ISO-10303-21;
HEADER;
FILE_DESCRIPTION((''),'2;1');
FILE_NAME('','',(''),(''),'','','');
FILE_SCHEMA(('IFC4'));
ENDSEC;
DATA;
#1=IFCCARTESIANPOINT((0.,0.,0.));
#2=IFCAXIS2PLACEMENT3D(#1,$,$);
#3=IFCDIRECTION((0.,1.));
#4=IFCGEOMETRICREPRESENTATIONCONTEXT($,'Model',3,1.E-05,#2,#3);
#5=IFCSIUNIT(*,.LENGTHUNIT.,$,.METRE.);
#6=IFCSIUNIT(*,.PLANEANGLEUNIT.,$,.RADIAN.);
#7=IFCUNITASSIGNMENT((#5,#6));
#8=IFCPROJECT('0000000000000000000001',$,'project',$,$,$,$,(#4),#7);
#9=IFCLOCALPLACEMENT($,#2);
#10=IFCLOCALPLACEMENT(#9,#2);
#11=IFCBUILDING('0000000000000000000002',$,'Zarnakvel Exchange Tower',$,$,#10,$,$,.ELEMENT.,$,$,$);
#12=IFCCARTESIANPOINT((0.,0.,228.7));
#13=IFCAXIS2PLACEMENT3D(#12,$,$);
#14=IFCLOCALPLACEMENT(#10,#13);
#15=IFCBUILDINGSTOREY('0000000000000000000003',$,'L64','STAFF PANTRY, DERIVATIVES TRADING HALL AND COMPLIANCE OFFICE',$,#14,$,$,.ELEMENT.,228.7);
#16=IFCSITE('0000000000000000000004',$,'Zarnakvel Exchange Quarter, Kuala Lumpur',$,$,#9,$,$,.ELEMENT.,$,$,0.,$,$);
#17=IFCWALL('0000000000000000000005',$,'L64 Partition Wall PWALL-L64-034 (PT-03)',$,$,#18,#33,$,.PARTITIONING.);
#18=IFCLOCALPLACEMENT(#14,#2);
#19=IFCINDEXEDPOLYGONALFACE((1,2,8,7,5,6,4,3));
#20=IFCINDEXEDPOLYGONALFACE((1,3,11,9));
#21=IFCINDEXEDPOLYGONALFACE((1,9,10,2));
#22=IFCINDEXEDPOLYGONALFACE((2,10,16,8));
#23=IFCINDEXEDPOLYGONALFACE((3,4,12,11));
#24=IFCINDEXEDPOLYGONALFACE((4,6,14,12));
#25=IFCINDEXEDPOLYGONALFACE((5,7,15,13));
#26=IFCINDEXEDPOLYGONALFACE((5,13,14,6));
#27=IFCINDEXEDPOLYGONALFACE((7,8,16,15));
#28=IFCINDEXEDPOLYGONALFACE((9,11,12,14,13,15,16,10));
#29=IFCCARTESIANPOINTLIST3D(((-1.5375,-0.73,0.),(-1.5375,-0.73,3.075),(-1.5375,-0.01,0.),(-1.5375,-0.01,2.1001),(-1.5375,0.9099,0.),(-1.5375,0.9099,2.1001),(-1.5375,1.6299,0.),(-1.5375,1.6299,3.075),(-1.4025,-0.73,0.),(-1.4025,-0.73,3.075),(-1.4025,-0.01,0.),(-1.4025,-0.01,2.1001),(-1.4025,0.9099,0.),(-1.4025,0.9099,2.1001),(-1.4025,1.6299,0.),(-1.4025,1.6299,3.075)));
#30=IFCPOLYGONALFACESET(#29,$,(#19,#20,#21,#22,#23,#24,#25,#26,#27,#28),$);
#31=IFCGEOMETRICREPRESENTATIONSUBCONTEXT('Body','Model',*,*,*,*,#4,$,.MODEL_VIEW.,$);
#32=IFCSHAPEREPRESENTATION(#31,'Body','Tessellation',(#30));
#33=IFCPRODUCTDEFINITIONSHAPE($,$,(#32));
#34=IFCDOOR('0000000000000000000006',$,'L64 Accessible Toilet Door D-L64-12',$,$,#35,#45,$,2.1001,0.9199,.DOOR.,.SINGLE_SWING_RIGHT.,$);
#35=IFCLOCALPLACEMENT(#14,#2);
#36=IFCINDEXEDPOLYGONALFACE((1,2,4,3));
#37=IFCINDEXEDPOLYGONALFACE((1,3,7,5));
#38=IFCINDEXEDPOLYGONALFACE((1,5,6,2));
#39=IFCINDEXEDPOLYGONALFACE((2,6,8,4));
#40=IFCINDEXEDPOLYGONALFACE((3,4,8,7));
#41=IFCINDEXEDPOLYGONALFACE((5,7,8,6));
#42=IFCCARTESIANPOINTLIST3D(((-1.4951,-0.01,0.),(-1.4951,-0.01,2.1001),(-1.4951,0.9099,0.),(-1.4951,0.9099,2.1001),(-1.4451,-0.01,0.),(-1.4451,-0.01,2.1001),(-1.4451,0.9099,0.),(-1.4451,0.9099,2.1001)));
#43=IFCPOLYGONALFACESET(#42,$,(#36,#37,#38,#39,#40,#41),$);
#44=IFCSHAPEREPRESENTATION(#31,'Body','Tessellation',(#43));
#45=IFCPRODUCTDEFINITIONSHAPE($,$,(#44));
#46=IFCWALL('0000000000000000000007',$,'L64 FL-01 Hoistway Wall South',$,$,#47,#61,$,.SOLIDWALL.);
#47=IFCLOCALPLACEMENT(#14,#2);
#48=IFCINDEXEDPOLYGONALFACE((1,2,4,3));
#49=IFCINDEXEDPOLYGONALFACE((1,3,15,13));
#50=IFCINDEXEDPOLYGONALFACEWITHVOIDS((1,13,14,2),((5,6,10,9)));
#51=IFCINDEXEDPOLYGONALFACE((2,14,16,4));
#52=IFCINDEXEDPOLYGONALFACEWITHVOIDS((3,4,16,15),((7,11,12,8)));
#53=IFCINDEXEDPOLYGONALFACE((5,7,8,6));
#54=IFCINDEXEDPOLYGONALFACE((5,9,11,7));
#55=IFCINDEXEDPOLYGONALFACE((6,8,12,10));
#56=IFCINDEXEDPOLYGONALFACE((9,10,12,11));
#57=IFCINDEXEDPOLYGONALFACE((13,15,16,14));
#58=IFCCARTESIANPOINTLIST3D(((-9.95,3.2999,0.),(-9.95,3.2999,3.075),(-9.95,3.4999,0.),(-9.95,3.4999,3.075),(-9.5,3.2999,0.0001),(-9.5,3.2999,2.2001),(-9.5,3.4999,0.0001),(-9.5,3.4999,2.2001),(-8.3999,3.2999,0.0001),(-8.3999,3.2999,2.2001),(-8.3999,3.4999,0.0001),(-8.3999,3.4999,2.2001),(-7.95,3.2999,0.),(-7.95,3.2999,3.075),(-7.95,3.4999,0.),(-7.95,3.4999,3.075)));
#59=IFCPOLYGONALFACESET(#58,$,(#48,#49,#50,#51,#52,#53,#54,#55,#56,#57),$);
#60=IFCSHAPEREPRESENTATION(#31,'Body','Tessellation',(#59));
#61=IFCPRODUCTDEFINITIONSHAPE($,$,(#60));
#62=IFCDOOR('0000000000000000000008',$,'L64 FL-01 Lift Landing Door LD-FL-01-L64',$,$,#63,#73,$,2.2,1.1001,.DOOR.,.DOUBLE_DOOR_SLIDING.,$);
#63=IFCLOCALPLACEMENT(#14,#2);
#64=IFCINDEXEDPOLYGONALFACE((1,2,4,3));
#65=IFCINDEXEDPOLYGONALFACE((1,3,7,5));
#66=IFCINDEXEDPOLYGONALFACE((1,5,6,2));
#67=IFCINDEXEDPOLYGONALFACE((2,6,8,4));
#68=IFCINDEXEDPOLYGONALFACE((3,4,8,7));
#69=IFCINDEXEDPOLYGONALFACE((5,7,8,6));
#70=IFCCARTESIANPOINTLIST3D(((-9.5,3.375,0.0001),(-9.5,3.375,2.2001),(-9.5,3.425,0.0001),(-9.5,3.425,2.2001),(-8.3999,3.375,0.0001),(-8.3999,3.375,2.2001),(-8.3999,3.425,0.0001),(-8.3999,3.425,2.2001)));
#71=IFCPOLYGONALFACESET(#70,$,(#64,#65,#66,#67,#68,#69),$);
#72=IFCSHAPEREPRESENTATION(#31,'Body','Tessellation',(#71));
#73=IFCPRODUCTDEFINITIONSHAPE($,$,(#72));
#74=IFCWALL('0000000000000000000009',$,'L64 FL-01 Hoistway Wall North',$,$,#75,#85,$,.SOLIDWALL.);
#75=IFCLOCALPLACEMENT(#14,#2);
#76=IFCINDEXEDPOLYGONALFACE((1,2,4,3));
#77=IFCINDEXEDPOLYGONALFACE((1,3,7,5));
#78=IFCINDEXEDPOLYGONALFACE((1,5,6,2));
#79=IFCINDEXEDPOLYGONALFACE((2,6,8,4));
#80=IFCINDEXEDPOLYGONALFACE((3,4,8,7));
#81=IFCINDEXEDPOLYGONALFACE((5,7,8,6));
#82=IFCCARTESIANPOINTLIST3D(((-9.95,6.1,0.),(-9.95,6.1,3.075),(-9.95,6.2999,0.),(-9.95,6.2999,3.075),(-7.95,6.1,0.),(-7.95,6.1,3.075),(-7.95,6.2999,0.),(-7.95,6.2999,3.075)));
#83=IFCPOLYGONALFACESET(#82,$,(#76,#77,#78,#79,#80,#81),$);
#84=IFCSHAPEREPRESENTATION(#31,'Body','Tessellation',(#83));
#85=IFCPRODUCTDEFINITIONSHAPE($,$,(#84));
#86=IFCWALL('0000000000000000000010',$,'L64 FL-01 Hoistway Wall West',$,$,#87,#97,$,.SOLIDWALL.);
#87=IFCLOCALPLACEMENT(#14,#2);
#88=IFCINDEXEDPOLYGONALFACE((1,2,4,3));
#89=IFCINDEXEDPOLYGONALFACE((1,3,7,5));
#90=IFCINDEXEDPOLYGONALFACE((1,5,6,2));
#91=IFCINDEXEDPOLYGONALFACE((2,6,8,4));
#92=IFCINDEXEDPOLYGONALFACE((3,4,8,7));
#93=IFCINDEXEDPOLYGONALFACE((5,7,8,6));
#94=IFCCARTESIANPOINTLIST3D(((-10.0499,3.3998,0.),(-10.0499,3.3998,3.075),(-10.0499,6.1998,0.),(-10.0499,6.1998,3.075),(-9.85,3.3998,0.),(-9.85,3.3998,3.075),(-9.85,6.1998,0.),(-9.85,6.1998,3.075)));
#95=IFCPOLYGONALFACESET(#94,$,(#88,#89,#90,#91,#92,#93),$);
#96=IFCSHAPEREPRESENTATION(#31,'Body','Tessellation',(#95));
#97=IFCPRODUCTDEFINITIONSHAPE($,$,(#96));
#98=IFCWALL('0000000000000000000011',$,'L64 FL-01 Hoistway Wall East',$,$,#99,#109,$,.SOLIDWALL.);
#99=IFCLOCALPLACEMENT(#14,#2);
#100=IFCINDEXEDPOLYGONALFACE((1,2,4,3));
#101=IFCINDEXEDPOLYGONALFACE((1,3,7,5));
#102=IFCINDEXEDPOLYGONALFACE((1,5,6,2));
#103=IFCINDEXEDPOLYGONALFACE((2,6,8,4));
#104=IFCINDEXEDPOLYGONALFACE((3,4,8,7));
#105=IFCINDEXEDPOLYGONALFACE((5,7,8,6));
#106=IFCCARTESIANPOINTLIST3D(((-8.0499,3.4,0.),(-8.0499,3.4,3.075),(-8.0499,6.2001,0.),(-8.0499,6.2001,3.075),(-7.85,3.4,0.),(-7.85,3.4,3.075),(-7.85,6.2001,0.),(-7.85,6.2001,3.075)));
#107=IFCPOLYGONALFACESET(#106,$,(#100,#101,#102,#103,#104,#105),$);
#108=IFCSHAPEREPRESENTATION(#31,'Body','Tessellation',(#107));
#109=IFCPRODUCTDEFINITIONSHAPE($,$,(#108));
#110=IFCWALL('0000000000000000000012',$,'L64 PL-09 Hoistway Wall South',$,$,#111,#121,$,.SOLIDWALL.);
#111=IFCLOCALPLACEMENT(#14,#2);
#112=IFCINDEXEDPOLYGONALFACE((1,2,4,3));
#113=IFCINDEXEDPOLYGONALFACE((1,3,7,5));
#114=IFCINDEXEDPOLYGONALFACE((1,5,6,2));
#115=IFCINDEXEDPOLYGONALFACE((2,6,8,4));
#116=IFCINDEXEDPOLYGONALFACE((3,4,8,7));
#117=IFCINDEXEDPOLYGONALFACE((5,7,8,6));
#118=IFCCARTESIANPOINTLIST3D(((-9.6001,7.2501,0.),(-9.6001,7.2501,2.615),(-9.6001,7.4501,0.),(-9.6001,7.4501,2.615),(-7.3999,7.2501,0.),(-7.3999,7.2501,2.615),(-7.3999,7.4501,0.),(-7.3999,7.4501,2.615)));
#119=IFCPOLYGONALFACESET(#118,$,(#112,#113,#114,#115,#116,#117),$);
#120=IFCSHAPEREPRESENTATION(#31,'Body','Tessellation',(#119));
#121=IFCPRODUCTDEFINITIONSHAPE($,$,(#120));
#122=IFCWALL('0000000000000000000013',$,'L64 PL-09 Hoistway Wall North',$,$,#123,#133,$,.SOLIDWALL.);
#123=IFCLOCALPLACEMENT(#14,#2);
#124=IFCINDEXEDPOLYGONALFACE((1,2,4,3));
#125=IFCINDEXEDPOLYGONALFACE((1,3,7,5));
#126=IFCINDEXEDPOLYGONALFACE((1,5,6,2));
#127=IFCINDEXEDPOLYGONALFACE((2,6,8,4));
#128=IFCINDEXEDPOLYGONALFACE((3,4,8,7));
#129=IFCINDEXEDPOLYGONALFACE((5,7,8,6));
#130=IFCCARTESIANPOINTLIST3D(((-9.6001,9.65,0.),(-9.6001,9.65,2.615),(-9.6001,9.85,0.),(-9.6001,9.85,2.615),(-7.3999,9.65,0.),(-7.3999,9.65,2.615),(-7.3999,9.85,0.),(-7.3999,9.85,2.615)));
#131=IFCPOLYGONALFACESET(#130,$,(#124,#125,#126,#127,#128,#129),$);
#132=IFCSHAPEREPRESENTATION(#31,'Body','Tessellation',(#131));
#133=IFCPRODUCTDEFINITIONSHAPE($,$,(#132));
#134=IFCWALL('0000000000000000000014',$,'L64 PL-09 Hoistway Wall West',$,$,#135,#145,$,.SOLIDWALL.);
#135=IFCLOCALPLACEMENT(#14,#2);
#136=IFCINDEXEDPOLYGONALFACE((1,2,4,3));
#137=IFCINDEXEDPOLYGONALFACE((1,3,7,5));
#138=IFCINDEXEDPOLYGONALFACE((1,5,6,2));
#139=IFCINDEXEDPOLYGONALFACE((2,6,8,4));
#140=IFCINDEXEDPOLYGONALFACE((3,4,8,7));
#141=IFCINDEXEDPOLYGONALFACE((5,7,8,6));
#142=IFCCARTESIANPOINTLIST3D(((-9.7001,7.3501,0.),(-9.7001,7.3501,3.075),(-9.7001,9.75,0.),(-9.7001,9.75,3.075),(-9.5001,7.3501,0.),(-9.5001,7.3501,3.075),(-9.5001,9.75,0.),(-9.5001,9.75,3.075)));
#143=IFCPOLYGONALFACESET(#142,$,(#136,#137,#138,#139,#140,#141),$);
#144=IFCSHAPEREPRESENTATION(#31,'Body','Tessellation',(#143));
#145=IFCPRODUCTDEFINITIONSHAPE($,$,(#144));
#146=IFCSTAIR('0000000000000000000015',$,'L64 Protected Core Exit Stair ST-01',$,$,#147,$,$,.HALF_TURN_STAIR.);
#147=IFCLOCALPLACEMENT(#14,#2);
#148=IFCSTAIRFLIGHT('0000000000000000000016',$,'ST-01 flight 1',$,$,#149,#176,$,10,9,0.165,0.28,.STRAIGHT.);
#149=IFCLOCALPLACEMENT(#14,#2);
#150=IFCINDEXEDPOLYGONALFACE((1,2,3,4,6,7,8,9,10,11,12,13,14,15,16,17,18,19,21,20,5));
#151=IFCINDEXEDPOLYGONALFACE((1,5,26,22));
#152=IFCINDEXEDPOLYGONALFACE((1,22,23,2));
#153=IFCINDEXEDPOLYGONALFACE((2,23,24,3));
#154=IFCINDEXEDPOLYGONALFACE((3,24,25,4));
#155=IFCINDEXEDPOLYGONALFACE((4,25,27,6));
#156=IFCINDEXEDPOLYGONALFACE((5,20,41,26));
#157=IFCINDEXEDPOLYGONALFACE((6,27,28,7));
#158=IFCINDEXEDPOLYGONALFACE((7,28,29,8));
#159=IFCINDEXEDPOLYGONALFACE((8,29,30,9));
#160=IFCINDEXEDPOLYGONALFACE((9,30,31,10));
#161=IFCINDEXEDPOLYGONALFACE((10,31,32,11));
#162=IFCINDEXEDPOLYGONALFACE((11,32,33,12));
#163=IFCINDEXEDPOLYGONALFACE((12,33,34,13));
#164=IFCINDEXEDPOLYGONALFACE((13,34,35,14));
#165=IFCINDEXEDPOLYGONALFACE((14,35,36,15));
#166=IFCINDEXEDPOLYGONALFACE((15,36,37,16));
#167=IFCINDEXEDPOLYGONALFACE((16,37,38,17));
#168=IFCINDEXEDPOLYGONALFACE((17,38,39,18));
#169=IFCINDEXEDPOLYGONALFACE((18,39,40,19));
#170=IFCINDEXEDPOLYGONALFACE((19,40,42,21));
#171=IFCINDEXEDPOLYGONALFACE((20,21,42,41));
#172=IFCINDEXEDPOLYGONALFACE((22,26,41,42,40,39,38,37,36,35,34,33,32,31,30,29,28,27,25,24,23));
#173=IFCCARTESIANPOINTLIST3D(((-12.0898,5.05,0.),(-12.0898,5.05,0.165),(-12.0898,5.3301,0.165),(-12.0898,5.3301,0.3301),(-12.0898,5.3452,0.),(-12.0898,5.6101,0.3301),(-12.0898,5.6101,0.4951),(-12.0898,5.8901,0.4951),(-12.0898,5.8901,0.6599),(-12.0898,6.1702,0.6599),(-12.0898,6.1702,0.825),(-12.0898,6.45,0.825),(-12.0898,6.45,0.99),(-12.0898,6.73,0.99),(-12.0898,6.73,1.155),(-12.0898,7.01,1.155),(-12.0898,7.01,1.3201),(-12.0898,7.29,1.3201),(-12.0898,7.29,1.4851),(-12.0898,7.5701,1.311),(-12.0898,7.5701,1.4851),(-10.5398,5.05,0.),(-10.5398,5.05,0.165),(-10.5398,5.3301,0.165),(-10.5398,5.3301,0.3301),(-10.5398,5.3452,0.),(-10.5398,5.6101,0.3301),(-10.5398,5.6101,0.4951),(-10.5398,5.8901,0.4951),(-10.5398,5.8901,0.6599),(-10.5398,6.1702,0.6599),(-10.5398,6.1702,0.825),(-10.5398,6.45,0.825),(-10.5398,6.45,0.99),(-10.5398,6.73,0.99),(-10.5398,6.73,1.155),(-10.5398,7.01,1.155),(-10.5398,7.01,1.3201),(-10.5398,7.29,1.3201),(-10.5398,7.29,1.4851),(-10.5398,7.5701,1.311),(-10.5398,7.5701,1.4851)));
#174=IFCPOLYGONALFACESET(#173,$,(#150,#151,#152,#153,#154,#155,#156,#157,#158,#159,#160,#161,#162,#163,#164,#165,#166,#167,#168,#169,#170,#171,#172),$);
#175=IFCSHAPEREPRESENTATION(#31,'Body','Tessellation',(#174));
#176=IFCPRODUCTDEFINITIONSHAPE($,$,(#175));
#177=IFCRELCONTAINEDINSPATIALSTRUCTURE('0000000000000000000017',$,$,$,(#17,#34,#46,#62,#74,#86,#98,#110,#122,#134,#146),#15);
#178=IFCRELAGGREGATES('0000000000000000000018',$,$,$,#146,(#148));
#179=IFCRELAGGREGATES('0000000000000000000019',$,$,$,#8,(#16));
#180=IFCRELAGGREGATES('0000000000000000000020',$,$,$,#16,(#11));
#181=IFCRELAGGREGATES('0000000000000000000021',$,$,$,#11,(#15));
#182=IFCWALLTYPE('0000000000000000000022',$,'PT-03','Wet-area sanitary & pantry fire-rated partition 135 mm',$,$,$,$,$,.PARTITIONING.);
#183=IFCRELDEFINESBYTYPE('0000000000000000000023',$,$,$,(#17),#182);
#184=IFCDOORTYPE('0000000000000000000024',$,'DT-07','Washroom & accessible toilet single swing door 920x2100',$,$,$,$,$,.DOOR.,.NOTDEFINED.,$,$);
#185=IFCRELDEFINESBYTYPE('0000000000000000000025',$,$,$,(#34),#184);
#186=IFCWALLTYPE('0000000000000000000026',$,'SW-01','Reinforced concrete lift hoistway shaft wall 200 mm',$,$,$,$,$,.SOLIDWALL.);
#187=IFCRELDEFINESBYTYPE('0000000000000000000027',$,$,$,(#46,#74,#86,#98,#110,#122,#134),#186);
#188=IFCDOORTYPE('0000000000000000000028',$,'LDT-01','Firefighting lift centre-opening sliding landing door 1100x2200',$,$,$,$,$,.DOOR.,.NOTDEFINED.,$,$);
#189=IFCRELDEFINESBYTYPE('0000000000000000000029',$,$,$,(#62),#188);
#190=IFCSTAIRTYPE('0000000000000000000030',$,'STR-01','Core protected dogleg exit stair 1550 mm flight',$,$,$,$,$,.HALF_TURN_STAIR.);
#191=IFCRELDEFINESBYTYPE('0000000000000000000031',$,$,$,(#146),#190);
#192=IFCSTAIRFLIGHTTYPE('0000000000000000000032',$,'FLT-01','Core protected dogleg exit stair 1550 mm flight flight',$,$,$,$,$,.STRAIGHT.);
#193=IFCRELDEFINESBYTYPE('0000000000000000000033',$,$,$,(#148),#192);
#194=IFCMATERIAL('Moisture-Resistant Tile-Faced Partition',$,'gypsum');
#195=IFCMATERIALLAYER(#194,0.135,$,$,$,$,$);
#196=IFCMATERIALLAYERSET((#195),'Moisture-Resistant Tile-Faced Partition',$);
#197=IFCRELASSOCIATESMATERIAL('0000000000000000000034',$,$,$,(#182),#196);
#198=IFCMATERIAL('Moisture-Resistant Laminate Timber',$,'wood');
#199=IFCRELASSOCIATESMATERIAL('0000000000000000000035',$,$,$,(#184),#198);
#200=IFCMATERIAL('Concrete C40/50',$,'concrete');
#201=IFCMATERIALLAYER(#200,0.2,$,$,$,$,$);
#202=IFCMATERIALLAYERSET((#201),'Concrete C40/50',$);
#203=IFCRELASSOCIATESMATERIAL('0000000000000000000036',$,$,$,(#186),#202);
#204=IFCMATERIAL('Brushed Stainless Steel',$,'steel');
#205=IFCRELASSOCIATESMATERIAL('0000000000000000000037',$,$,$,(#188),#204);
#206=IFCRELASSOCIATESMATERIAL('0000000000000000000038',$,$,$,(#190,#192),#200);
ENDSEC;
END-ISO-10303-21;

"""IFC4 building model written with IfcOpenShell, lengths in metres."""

from ifc_helpers import new_model, si_unit, direction, frame, frame_2d, origin, place, context, subcontext, project, spatial, polyline, rectangle, outline, extrude, source, transform, mapped, material, layer, layer_set, type_object, element, fill, aggregate, save


model = new_model("IFC4")

# Units and contexts
model_context = context("Model", 3, precision=1e-05, world=origin(), true_north=direction((0.0, 1.0)))
body_context = subcontext(model_context, "Body", "Model", "MODEL_VIEW")
ifc_project = project(units=[si_unit("LENGTHUNIT", "METRE"), si_unit("PLANEANGLEUNIT", "RADIAN")], contexts=[model_context])

# Site, building, storey
site_placement = place(None, origin())
site = spatial("IfcSite", under=ifc_project, at=site_placement, Name="Zarnakvel Exchange Quarter, Kuala Lumpur", CompositionType="ELEMENT", RefElevation=0.0)
building_placement = place(site_placement, origin())
building = spatial("IfcBuilding", under=site, at=building_placement, Name="Zarnakvel Exchange Tower", CompositionType="ELEMENT")
storey_placement = place(building_placement, frame((0.0, 0.0, 228.7)))
storey = spatial("IfcBuildingStorey", under=building, at=storey_placement, Name="L64", Description="STAFF PANTRY, DERIVATIVES TRADING HALL AND COMPLIANCE OFFICE", CompositionType="ELEMENT", Elevation=228.7)

# Shared definitions
ifc_material_1 = material(Name="Moisture-Resistant Tile-Faced Partition", Category="gypsum")
ifc_layer_1 = layer(ifc_material_1, 0.135)
ifc_layer_set_1 = layer_set([ifc_layer_1], Name="Moisture-Resistant Tile-Faced Partition")
wall_type_1 = type_object("IfcWallType", Name="PT-03", Description="Wet-area sanitary & pantry fire-rated partition 135 mm", PredefinedType="PARTITIONING", material=ifc_layer_set_1)

# Walls, openings, doors
wall_1_placement = place(storey_placement, frame((-1.47, 1.6299, 0.0), z_axis=(0.0, 0.0, 1.0), x_axis=(0.0, -1.0, 0.0)))
wall_1 = element("IfcWall", 1, at=wall_1_placement, inside=storey, type_object=wall_type_1, Name="L64 Partition Wall PWALL-L64-034 (PT-03)", PredefinedType="PARTITIONING", context=body_context, shape_type="SweptSolid", body=[
    extrude(rectangle(XDim=2.3599, YDim=0.135, at=frame_2d((1.1799, 0.0))), origin(), (0.0, 0.0, 1.0), 3.075),
])
opening_1_placement = place(wall_1_placement, frame((0.72, 0.0, 0.0)))
opening_1 = element("IfcOpeningElement", 2, at=opening_1_placement, cuts=wall_1, PredefinedType="OPENING", context=body_context, shape_type="SweptSolid", body=[
    extrude(rectangle(XDim=0.9199, YDim=2.1001, at=frame_2d((0.46, 1.05))), frame((0.0, 0.0774, 0.0), z_axis=(0.0, -1.0, 0.0), x_axis=(1.0, 0.0, 0.0)), (0.0, 0.0, 1.0), 0.155),
])
ifc_material_2 = material(Name="Moisture-Resistant Laminate Timber", Category="wood")
door_type_1 = type_object("IfcDoorType", Name="DT-07", Description="Washroom & accessible toilet single swing door 920x2100", OperationType="NOTDEFINED", PredefinedType="DOOR", material=ifc_material_2)
shared_shape_1 = source(origin(), body_context, "Body", "SweptSolid", [
    extrude(rectangle(XDim=0.9199, YDim=2.1001, at=frame_2d((0.46, 1.05))), frame((0.0, 0.0249, 0.0), z_axis=(0.0, -1.0, 0.0), x_axis=(1.0, 0.0, 0.0)), (0.0, 0.0, 1.0), 0.05),
])
door_1_placement = place(opening_1_placement, origin())
door_1 = element("IfcDoor", 3, at=door_1_placement, inside=storey, type_object=door_type_1, Name="L64 Accessible Toilet Door D-L64-12", OperationType="SINGLE_SWING_RIGHT", OverallHeight=2.1001, OverallWidth=0.9199, PredefinedType="DOOR", context=body_context, shape_type="MappedRepresentation", body=[
    mapped(shared_shape_1, transform((0.0, 0.0, 0.0), x_axis=(1.0, 0.0, 0.0), y_axis=(0.0, 1.0, 0.0), z_axis=(0.0, 0.0, 1.0), scale=1.0)),
])
fill(opening_1, door_1)
ifc_material_3 = material(Name="Concrete C40/50", Category="concrete")
ifc_layer_2 = layer(ifc_material_3, 0.2)
ifc_layer_set_2 = layer_set([ifc_layer_2], Name="Concrete C40/50")
wall_type_2 = type_object("IfcWallType", Name="SW-01", Description="Reinforced concrete lift hoistway shaft wall 200 mm", PredefinedType="SOLIDWALL", material=ifc_layer_set_2)
wall_2_placement = place(storey_placement, frame((-7.95, 3.3999, 0.0), z_axis=(0.0, 0.0, 1.0), x_axis=(-1.0, 0.0, 0.0)))
wall_2 = element("IfcWall", 4, at=wall_2_placement, inside=storey, type_object=wall_type_2, Name="L64 FL-01 Hoistway Wall South", PredefinedType="SOLIDWALL", context=body_context, shape_type="SweptSolid", body=[
    extrude(rectangle(XDim=2.0, YDim=0.2, at=frame_2d((1.0, 0.0))), origin(), (0.0, 0.0, 1.0), 3.075),
])
opening_2_placement = place(wall_2_placement, frame((0.45, 0.0, 0.0)))
opening_2 = element("IfcOpeningElement", 5, at=opening_2_placement, cuts=wall_2, PredefinedType="OPENING", context=body_context, shape_type="SweptSolid", body=[
    extrude(rectangle(XDim=1.1001, YDim=2.2, at=frame_2d((0.55, 1.1001))), frame((0.0, 0.1099, 0.0), z_axis=(0.0, -1.0, 0.0), x_axis=(1.0, 0.0, 0.0)), (0.0, 0.0, 1.0), 0.22),
])
ifc_material_4 = material(Name="Brushed Stainless Steel", Category="steel")
door_type_2 = type_object("IfcDoorType", Name="LDT-01", Description="Firefighting lift centre-opening sliding landing door 1100x2200", OperationType="NOTDEFINED", PredefinedType="DOOR", material=ifc_material_4)
shared_shape_2 = source(origin(), body_context, "Body", "SweptSolid", [
    extrude(rectangle(XDim=1.1001, YDim=2.2, at=frame_2d((0.55, 1.1001))), frame((0.0, 0.0249, 0.0), z_axis=(0.0, -1.0, 0.0), x_axis=(1.0, 0.0, 0.0)), (0.0, 0.0, 1.0), 0.05),
])
door_2_placement = place(opening_2_placement, origin())
door_2 = element("IfcDoor", 6, at=door_2_placement, inside=storey, type_object=door_type_2, Name="L64 FL-01 Lift Landing Door LD-FL-01-L64", OperationType="DOUBLE_DOOR_SLIDING", OverallHeight=2.2, OverallWidth=1.1001, PredefinedType="DOOR", context=body_context, shape_type="MappedRepresentation", body=[
    mapped(shared_shape_2, transform((0.0, 0.0, 0.0), x_axis=(1.0, 0.0, 0.0), y_axis=(0.0, 1.0, 0.0), z_axis=(0.0, 0.0, 1.0), scale=1.0)),
])
fill(opening_2, door_2)

# Walls
wall_3_placement = place(storey_placement, frame((-9.95, 6.2, 0.0), z_axis=(0.0, 0.0, 1.0), x_axis=(1.0, 0.0, 0.0)))
element("IfcWall", 7, at=wall_3_placement, inside=storey, type_object=wall_type_2, Name="L64 FL-01 Hoistway Wall North", PredefinedType="SOLIDWALL", context=body_context, shape_type="SweptSolid", body=[
    extrude(rectangle(XDim=2.0, YDim=0.2, at=frame_2d((1.0, 0.0))), origin(), (0.0, 0.0, 1.0), 3.075),
])
for number, where, z_axis, x_axis, name in (
    (8, (-9.95, 3.3999, 0.0), (0.0, 0.0, 1.0), (0.0, 1.0, 0.0), "L64 FL-01 Hoistway Wall West"),
    (9, (-7.95, 6.2, 0.0), (0.0, 0.0, 1.0), (0.0, -1.0, 0.0), "L64 FL-01 Hoistway Wall East"),
):
    element("IfcWall", number, at=place(storey_placement, frame(where, z_axis=z_axis, x_axis=x_axis)), inside=storey, type_object=wall_type_2, Name=name, PredefinedType="SOLIDWALL", context=body_context, shape_type="SweptSolid", body=[
        extrude(rectangle(XDim=2.8, YDim=0.2, at=frame_2d((1.3999, 0.0))), origin(), (0.0, 0.0, 1.0), 3.075),
    ])
for number, where, z_axis, x_axis, name in (
    (10, (-7.3999, 7.3501, 0.0), (0.0, 0.0, 1.0), (-1.0, 0.0, 0.0), "L64 PL-09 Hoistway Wall South"),
    (11, (-9.6001, 9.75, 0.0), (0.0, 0.0, 1.0), (1.0, 0.0, 0.0), "L64 PL-09 Hoistway Wall North"),
):
    element("IfcWall", number, at=place(storey_placement, frame(where, z_axis=z_axis, x_axis=x_axis)), inside=storey, type_object=wall_type_2, Name=name, PredefinedType="SOLIDWALL", context=body_context, shape_type="SweptSolid", body=[
        extrude(rectangle(XDim=2.2002, YDim=0.2, at=frame_2d((1.1001, 0.0))), origin(), (0.0, 0.0, 1.0), 2.615),
    ])
wall_4_placement = place(storey_placement, frame((-9.6001, 7.3501, 0.0), z_axis=(0.0, 0.0, 1.0), x_axis=(0.0, 1.0, 0.0)))
element("IfcWall", 12, at=wall_4_placement, inside=storey, type_object=wall_type_2, Name="L64 PL-09 Hoistway Wall West", PredefinedType="SOLIDWALL", context=body_context, shape_type="SweptSolid", body=[
    extrude(rectangle(XDim=2.3999, YDim=0.2, at=frame_2d((1.2, 0.0))), origin(), (0.0, 0.0, 1.0), 3.075),
])

# Stair, stair flight
stair_type = type_object("IfcStairType", Name="STR-01", Description="Core protected dogleg exit stair 1550 mm flight", PredefinedType="HALF_TURN_STAIR", material=ifc_material_3)
stair_placement = place(storey_placement, origin())
stair = element("IfcStair", 13, at=stair_placement, inside=storey, type_object=stair_type, Name="L64 Protected Core Exit Stair ST-01", PredefinedType="HALF_TURN_STAIR")
stair_flight_type = type_object("IfcStairFlightType", Name="FLT-01", Description="Core protected dogleg exit stair 1550 mm flight flight", PredefinedType="STRAIGHT", material=ifc_material_3)
stair_flight_placement = place(storey_placement, frame((-11.3149, 5.05, 0.0), z_axis=(0.0, 0.0, 1.0), x_axis=(0.0, 1.0, 0.0)))
stair_flight = element("IfcStairFlight", 14, at=stair_flight_placement, type_object=stair_flight_type, Name="ST-01 flight 1", NumberOfRisers=10, NumberOfTreads=9, PredefinedType="STRAIGHT", RiserHeight=0.165, TreadLength=0.28, context=body_context, shape_type="SweptSolid", body=[
    extrude(outline(polyline([(0.0, 0.0), (0.0, 0.165), (0.28, 0.165), (0.28, 0.3301), (0.5601, 0.3301), (0.5601, 0.4951), (0.8401, 0.4951), (0.8401, 0.6599), (1.1201, 0.6599), (1.1201, 0.825), (1.3999, 0.825), (1.3999, 0.99), (1.6799, 0.99), (1.6799, 1.155), (1.96, 1.155), (1.96, 1.3201), (2.24, 1.3201), (2.24, 1.4851), (2.52, 1.4851), (2.52, 1.6499), (2.52, 1.311), (0.2952, 0.0), (0.0, 0.0)])), frame((0.0, 0.7749, 0.0), z_axis=(0.0, -1.0, 0.0), x_axis=(1.0, 0.0, 0.0)), (0.0, 0.0, 1.0), 1.55),
])
aggregate(stair, [stair_flight])

save(model, "model.ifc")
